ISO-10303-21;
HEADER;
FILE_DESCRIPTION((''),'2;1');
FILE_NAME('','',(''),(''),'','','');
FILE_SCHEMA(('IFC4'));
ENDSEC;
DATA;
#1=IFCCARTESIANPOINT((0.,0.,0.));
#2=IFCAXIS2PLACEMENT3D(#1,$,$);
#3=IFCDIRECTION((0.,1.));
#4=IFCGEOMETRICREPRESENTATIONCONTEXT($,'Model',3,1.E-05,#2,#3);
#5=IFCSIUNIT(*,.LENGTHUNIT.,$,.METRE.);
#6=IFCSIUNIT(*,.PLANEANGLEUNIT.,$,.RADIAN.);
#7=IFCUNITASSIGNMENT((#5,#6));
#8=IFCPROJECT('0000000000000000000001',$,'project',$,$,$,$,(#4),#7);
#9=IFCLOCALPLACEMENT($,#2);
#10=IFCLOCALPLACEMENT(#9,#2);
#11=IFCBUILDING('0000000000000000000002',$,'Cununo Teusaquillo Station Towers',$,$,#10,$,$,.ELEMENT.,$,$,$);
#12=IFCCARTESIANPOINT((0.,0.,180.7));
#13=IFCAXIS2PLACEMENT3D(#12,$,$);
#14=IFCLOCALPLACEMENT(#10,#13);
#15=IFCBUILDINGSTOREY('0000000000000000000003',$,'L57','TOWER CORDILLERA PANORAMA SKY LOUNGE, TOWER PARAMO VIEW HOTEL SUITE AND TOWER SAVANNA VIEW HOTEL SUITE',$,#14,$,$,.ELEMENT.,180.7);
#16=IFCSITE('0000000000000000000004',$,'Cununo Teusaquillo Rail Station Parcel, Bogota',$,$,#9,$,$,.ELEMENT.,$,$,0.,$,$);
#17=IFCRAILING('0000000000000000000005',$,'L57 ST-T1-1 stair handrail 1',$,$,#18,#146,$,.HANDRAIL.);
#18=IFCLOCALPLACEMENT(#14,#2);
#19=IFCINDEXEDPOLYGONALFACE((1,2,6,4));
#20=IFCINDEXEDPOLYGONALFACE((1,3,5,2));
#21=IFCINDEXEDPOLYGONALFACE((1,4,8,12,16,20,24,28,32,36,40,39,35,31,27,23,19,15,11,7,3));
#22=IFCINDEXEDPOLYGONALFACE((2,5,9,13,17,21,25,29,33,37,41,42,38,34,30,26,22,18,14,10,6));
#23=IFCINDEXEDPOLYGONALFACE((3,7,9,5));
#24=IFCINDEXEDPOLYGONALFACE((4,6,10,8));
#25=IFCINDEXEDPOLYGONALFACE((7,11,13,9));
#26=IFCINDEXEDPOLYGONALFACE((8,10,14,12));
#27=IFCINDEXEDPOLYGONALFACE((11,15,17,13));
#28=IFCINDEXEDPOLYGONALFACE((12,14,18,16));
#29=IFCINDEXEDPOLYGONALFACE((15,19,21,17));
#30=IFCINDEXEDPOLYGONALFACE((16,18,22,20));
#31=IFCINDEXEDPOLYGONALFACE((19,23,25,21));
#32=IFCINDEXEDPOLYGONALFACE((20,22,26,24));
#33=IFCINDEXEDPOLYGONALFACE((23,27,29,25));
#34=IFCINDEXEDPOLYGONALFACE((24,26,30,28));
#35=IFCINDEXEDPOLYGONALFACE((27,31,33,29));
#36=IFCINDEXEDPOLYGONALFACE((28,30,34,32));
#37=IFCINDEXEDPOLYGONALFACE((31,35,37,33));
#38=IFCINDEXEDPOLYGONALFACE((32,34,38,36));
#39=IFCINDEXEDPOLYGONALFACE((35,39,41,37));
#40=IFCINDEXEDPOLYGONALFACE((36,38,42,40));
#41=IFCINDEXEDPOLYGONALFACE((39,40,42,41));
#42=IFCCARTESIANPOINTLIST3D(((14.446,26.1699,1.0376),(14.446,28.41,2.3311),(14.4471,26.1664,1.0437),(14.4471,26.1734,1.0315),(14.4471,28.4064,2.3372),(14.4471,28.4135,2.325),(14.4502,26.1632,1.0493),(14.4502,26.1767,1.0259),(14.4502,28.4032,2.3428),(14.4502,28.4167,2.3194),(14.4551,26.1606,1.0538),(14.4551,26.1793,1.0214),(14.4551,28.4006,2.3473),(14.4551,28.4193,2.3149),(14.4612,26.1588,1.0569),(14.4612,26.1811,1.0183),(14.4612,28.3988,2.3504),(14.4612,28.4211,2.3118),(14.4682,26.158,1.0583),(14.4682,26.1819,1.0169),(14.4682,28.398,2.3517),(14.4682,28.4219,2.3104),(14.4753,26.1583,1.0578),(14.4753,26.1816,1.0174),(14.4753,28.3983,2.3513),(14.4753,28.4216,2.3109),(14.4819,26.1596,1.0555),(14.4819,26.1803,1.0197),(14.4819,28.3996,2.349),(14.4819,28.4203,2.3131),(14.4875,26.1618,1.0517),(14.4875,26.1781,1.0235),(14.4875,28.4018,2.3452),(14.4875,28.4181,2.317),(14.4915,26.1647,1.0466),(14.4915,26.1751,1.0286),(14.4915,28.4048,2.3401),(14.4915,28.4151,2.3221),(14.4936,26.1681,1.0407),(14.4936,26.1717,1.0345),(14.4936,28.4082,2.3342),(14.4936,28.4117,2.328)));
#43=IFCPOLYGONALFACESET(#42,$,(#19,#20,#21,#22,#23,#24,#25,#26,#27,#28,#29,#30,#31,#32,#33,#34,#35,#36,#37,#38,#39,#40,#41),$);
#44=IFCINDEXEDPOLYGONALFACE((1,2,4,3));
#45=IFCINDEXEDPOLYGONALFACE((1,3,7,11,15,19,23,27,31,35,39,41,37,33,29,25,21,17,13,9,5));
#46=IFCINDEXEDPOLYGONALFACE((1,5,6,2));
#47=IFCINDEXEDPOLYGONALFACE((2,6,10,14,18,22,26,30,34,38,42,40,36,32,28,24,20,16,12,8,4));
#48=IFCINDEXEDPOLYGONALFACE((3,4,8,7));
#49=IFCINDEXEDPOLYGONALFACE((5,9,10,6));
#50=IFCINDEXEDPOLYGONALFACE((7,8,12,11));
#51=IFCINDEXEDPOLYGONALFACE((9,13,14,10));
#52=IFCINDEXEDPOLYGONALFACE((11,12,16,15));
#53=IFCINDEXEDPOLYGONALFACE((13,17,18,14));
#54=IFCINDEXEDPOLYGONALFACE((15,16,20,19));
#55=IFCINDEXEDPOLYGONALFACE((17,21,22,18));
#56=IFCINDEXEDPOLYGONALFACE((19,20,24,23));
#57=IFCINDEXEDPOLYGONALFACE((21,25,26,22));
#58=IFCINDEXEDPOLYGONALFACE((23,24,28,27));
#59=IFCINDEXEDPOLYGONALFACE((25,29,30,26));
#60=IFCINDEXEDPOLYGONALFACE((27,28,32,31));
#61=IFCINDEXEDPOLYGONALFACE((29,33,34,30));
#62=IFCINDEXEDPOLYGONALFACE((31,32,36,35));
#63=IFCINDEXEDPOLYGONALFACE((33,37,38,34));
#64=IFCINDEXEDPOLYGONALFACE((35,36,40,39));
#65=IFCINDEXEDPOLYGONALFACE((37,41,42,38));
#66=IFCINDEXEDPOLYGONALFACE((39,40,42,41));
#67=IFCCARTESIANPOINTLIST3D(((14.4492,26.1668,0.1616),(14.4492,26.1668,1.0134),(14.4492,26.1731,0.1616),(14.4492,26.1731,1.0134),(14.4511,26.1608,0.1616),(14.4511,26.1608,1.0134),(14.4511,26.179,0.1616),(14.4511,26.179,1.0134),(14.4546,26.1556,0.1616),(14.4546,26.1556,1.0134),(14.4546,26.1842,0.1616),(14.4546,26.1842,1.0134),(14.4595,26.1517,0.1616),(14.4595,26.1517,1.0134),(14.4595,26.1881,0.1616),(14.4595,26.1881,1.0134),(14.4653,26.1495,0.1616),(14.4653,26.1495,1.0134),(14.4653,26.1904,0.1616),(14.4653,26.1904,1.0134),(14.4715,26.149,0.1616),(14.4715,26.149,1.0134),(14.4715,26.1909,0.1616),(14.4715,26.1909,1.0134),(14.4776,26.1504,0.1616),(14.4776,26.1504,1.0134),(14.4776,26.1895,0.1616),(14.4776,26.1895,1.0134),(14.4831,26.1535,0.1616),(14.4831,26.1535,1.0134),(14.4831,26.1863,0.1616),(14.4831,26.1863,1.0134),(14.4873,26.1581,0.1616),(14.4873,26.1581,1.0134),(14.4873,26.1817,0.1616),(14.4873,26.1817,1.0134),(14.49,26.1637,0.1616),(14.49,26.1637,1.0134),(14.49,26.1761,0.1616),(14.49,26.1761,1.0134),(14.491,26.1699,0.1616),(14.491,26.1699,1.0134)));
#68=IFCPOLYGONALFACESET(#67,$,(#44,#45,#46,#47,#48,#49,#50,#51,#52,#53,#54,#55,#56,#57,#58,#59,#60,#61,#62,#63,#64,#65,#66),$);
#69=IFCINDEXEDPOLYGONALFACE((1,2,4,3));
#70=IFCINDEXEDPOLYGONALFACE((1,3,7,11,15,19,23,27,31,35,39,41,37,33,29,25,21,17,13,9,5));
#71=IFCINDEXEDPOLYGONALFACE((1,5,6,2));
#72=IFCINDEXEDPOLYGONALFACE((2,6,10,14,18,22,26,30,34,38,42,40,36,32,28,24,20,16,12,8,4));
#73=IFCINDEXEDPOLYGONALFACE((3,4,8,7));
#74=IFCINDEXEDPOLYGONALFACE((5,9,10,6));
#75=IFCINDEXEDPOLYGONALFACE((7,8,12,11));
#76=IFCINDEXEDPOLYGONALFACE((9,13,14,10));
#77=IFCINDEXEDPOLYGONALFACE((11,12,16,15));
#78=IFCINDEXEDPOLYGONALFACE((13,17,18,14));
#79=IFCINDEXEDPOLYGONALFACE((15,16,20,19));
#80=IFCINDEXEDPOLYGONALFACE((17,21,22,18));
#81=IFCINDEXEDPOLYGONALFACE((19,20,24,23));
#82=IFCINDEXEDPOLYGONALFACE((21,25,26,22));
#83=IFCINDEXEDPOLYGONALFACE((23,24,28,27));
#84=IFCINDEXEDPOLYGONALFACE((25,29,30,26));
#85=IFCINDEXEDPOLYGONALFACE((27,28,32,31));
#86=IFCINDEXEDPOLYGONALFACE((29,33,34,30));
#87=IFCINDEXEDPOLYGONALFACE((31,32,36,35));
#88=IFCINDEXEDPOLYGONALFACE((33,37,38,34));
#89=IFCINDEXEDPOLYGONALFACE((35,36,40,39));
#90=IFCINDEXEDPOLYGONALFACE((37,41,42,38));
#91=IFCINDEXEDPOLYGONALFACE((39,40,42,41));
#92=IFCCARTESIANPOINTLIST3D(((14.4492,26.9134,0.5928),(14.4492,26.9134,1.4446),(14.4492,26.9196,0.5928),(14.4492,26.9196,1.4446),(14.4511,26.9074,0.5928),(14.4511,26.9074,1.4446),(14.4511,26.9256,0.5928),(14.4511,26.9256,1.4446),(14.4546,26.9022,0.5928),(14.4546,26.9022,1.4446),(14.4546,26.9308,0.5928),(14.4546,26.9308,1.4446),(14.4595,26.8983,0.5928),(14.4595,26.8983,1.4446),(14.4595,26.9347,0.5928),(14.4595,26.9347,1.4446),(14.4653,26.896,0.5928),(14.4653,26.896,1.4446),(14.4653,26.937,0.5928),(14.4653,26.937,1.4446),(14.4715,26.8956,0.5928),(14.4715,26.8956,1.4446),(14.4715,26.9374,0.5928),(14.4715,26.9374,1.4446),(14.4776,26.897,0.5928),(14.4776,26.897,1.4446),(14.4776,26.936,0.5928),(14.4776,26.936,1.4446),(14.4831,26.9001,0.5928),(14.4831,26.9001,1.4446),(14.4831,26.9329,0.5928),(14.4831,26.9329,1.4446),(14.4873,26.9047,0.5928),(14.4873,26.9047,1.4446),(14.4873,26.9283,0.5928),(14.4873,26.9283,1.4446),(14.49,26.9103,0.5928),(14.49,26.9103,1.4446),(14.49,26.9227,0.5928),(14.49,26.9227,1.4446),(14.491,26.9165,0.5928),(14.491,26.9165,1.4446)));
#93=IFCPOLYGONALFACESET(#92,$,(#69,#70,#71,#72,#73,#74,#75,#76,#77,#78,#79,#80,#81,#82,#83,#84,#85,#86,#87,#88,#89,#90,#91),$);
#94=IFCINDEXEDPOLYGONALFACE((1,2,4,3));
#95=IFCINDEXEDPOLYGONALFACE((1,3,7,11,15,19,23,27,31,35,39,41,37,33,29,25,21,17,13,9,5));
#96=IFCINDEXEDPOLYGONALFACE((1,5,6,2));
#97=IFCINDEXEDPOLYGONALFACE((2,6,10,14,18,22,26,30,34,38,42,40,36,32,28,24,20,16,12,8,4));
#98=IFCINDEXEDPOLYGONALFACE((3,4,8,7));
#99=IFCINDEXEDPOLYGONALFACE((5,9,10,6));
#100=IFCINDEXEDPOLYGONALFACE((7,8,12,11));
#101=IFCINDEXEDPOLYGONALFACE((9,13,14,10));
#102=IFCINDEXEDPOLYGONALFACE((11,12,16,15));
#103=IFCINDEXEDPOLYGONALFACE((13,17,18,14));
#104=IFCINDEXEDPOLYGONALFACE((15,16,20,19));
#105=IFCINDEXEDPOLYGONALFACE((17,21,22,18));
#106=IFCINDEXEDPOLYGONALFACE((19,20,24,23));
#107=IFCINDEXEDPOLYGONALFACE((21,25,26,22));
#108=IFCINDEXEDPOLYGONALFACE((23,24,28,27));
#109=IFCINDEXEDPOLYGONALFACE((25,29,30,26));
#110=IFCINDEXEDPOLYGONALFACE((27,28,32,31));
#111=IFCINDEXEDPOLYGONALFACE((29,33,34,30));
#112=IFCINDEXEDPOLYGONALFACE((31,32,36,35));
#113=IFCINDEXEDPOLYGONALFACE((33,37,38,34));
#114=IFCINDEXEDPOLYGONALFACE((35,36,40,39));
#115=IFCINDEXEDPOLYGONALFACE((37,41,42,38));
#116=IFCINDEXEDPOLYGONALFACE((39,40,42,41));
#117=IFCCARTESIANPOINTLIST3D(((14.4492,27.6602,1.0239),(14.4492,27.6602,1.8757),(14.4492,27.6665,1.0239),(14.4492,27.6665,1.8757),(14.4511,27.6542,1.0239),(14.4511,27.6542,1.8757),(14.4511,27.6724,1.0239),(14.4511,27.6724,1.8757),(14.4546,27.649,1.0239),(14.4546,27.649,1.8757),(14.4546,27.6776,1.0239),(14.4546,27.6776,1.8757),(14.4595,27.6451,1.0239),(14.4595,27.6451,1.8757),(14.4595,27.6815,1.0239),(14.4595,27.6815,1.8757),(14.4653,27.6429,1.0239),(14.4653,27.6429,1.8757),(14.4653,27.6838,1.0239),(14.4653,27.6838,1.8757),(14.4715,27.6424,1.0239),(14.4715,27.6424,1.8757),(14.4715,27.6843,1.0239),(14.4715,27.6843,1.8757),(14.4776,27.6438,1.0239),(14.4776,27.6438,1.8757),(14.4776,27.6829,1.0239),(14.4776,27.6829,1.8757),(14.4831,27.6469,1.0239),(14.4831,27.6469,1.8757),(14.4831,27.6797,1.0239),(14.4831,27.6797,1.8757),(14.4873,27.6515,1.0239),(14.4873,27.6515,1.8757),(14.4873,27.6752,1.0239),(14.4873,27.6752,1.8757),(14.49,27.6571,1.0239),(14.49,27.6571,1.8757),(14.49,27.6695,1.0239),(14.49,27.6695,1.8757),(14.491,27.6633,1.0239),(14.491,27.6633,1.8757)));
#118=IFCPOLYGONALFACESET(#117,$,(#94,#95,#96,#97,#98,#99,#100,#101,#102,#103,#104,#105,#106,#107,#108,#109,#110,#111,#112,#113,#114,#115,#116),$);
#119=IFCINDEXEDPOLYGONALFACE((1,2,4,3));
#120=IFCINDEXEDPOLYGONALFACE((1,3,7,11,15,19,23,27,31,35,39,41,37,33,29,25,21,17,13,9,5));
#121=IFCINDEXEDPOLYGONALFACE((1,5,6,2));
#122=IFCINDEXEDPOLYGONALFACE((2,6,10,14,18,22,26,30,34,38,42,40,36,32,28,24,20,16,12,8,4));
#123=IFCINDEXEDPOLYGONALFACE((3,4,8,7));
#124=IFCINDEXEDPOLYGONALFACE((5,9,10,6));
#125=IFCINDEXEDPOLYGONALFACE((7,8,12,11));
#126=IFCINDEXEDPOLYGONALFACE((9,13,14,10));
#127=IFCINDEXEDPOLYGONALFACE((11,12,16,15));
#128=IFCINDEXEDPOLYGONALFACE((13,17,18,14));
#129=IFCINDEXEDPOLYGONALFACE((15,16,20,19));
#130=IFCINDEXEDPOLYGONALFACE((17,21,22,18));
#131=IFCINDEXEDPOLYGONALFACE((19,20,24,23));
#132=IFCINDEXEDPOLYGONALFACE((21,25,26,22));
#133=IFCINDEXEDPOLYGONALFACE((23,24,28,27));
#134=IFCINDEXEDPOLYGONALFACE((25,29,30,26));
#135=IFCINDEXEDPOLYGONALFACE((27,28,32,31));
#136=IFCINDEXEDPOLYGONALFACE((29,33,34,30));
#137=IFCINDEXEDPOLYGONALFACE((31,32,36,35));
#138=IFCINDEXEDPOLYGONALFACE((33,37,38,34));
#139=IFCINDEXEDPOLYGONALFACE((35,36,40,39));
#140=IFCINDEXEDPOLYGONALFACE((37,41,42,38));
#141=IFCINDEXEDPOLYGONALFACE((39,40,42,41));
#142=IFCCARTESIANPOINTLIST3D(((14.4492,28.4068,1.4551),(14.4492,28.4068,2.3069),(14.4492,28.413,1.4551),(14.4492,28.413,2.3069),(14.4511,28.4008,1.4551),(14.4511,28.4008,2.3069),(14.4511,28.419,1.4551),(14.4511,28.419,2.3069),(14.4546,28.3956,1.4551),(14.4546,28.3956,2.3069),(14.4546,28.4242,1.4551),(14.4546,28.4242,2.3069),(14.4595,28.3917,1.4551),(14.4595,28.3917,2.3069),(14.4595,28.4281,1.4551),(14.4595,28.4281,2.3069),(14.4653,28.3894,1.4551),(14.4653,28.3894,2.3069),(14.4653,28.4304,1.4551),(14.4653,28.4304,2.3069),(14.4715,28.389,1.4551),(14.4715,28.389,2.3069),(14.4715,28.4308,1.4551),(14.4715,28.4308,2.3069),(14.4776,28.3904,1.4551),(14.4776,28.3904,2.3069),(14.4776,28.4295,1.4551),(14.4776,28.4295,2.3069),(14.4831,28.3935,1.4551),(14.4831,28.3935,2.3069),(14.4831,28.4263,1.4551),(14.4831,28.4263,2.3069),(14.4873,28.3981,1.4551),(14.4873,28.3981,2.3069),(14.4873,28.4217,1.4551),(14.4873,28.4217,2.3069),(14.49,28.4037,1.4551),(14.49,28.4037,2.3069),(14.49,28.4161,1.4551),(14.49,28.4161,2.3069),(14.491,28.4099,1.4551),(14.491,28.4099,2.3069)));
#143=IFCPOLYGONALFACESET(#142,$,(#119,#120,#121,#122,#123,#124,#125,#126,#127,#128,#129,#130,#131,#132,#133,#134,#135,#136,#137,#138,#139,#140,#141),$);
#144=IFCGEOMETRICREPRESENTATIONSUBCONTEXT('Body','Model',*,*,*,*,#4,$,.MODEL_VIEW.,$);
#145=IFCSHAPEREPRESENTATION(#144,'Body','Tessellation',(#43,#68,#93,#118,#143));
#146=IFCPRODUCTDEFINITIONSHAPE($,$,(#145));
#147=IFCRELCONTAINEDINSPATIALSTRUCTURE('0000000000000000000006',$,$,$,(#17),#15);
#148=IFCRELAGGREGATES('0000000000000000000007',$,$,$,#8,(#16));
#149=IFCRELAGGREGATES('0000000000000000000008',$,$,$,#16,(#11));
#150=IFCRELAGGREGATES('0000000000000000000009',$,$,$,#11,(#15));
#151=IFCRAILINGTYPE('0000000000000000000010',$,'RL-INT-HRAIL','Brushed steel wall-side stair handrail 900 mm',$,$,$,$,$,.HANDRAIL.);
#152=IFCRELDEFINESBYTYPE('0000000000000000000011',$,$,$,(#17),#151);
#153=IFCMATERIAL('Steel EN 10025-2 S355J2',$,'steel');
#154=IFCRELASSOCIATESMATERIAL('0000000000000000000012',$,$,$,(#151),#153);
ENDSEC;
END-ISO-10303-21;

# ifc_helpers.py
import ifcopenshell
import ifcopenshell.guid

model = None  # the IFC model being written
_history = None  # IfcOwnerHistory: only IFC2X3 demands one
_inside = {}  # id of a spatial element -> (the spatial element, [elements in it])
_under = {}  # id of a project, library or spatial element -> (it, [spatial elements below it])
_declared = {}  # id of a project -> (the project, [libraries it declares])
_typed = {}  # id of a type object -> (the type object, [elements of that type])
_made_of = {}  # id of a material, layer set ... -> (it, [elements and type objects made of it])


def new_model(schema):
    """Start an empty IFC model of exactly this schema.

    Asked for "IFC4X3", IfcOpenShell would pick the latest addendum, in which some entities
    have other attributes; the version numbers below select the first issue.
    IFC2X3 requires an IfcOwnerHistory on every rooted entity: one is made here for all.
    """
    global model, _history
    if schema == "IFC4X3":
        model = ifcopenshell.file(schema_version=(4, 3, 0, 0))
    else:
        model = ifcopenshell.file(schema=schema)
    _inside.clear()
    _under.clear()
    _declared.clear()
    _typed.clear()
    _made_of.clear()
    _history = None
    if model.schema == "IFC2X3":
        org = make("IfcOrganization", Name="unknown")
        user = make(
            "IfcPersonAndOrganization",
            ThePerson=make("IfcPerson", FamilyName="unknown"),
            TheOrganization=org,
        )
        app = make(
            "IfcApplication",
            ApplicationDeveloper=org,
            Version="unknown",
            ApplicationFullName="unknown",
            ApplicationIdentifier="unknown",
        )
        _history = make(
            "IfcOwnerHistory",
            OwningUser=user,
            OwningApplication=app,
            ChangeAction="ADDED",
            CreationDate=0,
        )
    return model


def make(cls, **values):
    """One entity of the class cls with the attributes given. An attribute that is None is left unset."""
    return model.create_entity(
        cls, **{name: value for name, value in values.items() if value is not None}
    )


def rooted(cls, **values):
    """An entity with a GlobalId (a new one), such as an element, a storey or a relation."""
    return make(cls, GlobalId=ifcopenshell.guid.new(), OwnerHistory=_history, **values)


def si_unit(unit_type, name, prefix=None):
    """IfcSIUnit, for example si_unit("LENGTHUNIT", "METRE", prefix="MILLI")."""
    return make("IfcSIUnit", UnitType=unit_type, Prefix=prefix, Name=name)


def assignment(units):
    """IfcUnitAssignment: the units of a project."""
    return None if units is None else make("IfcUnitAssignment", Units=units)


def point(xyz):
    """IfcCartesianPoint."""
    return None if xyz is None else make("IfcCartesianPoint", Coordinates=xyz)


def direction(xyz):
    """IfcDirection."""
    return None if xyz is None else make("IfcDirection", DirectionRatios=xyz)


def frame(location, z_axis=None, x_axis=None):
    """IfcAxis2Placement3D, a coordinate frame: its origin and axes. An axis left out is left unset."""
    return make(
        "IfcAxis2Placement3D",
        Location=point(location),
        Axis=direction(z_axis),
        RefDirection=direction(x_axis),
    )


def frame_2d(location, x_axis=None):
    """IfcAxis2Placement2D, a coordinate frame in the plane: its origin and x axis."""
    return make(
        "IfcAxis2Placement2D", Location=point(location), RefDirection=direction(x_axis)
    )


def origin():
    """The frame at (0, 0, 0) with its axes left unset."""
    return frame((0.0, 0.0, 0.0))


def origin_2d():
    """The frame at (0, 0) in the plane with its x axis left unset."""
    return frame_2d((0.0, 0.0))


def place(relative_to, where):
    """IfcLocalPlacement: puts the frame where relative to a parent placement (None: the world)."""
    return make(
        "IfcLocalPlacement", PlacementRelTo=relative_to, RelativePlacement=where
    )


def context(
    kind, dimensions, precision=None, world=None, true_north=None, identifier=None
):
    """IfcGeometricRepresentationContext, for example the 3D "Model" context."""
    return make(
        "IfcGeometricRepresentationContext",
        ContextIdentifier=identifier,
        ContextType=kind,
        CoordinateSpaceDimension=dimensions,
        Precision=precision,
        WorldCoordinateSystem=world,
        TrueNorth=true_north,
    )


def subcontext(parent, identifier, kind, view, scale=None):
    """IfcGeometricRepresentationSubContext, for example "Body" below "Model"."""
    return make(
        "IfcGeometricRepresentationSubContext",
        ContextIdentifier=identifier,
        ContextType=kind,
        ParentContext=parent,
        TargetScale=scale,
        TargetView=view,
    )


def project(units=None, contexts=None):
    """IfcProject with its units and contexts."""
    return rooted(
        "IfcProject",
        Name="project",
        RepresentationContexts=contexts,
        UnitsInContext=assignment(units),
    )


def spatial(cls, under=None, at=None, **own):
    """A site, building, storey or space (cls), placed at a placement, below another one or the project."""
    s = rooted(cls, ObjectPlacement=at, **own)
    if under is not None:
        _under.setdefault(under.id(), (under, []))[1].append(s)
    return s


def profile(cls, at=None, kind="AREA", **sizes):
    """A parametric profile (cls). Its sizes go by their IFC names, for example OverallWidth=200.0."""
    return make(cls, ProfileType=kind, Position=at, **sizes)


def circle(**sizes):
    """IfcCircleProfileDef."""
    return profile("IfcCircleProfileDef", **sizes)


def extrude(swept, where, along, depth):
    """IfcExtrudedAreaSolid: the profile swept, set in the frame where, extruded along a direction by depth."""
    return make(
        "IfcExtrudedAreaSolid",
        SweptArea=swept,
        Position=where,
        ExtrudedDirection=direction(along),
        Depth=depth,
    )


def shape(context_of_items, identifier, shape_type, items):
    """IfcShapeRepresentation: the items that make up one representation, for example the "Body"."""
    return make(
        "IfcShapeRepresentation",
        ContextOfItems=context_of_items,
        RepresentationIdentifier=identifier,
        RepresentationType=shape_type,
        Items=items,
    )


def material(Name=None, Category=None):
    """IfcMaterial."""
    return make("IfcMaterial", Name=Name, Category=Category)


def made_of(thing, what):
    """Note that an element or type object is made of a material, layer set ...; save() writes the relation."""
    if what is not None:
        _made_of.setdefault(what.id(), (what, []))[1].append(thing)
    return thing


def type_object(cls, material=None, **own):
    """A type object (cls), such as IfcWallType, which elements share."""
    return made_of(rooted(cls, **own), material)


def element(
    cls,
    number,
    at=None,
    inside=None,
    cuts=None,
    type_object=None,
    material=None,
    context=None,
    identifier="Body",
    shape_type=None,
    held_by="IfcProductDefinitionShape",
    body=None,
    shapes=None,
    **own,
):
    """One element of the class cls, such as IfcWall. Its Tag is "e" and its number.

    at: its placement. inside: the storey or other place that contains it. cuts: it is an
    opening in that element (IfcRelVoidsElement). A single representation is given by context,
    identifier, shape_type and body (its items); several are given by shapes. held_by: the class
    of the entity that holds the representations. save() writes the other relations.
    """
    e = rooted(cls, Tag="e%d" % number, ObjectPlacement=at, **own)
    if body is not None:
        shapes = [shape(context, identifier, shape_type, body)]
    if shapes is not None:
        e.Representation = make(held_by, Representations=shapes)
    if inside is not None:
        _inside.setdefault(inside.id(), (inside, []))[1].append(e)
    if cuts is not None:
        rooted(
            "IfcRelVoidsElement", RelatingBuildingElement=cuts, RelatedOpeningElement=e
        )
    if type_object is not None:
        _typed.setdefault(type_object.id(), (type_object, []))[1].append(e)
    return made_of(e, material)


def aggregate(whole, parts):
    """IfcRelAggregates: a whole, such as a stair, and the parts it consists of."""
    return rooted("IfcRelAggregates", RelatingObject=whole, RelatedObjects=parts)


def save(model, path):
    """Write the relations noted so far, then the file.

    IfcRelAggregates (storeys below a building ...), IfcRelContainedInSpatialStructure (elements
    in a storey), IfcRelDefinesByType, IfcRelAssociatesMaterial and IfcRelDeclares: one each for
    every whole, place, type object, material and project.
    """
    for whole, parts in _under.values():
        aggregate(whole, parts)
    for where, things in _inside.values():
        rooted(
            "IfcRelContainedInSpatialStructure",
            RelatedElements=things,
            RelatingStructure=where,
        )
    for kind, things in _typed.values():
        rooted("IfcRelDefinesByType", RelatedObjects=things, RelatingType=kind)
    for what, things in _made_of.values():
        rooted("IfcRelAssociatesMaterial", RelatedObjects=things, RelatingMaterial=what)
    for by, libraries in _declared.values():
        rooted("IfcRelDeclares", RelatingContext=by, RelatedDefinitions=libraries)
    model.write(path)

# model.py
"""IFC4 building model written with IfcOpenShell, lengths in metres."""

from ifc_helpers import new_model, si_unit, direction, frame, origin, origin_2d, place, context, subcontext, project, spatial, circle, extrude, material, type_object, element, save


model = new_model("IFC4")

# Units and contexts
model_context = context("Model", 3, precision=1e-05, world=origin(), true_north=direction((0.0, 1.0)))
body_context = subcontext(model_context, "Body", "Model", "MODEL_VIEW")
ifc_project = project(units=[si_unit("LENGTHUNIT", "METRE"), si_unit("PLANEANGLEUNIT", "RADIAN")], contexts=[model_context])

# Site, building, storey
site_placement = place(None, origin())
site = spatial("IfcSite", under=ifc_project, at=site_placement, Name="Cununo Teusaquillo Rail Station Parcel, Bogota", CompositionType="ELEMENT", RefElevation=0.0)
building_placement = place(site_placement, origin())
building = spatial("IfcBuilding", under=site, at=building_placement, Name="Cununo Teusaquillo Station Towers", CompositionType="ELEMENT")
storey_placement = place(building_placement, frame((0.0, 0.0, 180.7)))
storey = spatial("IfcBuildingStorey", under=building, at=storey_placement, Name="L57", Description="TOWER CORDILLERA PANORAMA SKY LOUNGE, TOWER PARAMO VIEW HOTEL SUITE AND TOWER SAVANNA VIEW HOTEL SUITE", CompositionType="ELEMENT", Elevation=180.7)

# Railing
ifc_material_1 = material(Name="Steel EN 10025-2 S355J2", Category="steel")
railing_type_1 = type_object("IfcRailingType", Name="RL-INT-HRAIL", Description="Brushed steel wall-side stair handrail 900 mm", PredefinedType="HANDRAIL", material=ifc_material_1)
railing_1_placement = place(storey_placement, frame((14.47, 26.1699, 0.1616)))
element("IfcRailing", 1, at=railing_1_placement, inside=storey, type_object=railing_type_1, Name="L57 ST-T1-1 stair handrail 1", PredefinedType="HANDRAIL", context=body_context, shape_type="SweptSolid", body=[
    extrude(circle(Radius=0.0239, at=origin_2d()), frame((0.0, 0.0, 0.876), z_axis=(0.0, 0.865992, 0.500057), x_axis=(-1.0, 0.0, 0.0)), (0.0, 0.0, 1.0), 2.5867),
    extrude(circle(Radius=0.021, at=origin_2d()), origin(), (0.0, 0.0, 1.0), 0.8518),
    extrude(circle(Radius=0.021, at=origin_2d()), frame((0.0, 0.7466, 0.4312)), (0.0, 0.0, 1.0), 0.8518),
    extrude(circle(Radius=0.021, at=origin_2d()), frame((0.0, 1.4934, 0.8623)), (0.0, 0.0, 1.0), 0.8518),
    extrude(circle(Radius=0.021, at=origin_2d()), frame((0.0, 2.24, 1.2935)), (0.0, 0.0, 1.0), 0.8518),
])

save(model, "model.ifc")
